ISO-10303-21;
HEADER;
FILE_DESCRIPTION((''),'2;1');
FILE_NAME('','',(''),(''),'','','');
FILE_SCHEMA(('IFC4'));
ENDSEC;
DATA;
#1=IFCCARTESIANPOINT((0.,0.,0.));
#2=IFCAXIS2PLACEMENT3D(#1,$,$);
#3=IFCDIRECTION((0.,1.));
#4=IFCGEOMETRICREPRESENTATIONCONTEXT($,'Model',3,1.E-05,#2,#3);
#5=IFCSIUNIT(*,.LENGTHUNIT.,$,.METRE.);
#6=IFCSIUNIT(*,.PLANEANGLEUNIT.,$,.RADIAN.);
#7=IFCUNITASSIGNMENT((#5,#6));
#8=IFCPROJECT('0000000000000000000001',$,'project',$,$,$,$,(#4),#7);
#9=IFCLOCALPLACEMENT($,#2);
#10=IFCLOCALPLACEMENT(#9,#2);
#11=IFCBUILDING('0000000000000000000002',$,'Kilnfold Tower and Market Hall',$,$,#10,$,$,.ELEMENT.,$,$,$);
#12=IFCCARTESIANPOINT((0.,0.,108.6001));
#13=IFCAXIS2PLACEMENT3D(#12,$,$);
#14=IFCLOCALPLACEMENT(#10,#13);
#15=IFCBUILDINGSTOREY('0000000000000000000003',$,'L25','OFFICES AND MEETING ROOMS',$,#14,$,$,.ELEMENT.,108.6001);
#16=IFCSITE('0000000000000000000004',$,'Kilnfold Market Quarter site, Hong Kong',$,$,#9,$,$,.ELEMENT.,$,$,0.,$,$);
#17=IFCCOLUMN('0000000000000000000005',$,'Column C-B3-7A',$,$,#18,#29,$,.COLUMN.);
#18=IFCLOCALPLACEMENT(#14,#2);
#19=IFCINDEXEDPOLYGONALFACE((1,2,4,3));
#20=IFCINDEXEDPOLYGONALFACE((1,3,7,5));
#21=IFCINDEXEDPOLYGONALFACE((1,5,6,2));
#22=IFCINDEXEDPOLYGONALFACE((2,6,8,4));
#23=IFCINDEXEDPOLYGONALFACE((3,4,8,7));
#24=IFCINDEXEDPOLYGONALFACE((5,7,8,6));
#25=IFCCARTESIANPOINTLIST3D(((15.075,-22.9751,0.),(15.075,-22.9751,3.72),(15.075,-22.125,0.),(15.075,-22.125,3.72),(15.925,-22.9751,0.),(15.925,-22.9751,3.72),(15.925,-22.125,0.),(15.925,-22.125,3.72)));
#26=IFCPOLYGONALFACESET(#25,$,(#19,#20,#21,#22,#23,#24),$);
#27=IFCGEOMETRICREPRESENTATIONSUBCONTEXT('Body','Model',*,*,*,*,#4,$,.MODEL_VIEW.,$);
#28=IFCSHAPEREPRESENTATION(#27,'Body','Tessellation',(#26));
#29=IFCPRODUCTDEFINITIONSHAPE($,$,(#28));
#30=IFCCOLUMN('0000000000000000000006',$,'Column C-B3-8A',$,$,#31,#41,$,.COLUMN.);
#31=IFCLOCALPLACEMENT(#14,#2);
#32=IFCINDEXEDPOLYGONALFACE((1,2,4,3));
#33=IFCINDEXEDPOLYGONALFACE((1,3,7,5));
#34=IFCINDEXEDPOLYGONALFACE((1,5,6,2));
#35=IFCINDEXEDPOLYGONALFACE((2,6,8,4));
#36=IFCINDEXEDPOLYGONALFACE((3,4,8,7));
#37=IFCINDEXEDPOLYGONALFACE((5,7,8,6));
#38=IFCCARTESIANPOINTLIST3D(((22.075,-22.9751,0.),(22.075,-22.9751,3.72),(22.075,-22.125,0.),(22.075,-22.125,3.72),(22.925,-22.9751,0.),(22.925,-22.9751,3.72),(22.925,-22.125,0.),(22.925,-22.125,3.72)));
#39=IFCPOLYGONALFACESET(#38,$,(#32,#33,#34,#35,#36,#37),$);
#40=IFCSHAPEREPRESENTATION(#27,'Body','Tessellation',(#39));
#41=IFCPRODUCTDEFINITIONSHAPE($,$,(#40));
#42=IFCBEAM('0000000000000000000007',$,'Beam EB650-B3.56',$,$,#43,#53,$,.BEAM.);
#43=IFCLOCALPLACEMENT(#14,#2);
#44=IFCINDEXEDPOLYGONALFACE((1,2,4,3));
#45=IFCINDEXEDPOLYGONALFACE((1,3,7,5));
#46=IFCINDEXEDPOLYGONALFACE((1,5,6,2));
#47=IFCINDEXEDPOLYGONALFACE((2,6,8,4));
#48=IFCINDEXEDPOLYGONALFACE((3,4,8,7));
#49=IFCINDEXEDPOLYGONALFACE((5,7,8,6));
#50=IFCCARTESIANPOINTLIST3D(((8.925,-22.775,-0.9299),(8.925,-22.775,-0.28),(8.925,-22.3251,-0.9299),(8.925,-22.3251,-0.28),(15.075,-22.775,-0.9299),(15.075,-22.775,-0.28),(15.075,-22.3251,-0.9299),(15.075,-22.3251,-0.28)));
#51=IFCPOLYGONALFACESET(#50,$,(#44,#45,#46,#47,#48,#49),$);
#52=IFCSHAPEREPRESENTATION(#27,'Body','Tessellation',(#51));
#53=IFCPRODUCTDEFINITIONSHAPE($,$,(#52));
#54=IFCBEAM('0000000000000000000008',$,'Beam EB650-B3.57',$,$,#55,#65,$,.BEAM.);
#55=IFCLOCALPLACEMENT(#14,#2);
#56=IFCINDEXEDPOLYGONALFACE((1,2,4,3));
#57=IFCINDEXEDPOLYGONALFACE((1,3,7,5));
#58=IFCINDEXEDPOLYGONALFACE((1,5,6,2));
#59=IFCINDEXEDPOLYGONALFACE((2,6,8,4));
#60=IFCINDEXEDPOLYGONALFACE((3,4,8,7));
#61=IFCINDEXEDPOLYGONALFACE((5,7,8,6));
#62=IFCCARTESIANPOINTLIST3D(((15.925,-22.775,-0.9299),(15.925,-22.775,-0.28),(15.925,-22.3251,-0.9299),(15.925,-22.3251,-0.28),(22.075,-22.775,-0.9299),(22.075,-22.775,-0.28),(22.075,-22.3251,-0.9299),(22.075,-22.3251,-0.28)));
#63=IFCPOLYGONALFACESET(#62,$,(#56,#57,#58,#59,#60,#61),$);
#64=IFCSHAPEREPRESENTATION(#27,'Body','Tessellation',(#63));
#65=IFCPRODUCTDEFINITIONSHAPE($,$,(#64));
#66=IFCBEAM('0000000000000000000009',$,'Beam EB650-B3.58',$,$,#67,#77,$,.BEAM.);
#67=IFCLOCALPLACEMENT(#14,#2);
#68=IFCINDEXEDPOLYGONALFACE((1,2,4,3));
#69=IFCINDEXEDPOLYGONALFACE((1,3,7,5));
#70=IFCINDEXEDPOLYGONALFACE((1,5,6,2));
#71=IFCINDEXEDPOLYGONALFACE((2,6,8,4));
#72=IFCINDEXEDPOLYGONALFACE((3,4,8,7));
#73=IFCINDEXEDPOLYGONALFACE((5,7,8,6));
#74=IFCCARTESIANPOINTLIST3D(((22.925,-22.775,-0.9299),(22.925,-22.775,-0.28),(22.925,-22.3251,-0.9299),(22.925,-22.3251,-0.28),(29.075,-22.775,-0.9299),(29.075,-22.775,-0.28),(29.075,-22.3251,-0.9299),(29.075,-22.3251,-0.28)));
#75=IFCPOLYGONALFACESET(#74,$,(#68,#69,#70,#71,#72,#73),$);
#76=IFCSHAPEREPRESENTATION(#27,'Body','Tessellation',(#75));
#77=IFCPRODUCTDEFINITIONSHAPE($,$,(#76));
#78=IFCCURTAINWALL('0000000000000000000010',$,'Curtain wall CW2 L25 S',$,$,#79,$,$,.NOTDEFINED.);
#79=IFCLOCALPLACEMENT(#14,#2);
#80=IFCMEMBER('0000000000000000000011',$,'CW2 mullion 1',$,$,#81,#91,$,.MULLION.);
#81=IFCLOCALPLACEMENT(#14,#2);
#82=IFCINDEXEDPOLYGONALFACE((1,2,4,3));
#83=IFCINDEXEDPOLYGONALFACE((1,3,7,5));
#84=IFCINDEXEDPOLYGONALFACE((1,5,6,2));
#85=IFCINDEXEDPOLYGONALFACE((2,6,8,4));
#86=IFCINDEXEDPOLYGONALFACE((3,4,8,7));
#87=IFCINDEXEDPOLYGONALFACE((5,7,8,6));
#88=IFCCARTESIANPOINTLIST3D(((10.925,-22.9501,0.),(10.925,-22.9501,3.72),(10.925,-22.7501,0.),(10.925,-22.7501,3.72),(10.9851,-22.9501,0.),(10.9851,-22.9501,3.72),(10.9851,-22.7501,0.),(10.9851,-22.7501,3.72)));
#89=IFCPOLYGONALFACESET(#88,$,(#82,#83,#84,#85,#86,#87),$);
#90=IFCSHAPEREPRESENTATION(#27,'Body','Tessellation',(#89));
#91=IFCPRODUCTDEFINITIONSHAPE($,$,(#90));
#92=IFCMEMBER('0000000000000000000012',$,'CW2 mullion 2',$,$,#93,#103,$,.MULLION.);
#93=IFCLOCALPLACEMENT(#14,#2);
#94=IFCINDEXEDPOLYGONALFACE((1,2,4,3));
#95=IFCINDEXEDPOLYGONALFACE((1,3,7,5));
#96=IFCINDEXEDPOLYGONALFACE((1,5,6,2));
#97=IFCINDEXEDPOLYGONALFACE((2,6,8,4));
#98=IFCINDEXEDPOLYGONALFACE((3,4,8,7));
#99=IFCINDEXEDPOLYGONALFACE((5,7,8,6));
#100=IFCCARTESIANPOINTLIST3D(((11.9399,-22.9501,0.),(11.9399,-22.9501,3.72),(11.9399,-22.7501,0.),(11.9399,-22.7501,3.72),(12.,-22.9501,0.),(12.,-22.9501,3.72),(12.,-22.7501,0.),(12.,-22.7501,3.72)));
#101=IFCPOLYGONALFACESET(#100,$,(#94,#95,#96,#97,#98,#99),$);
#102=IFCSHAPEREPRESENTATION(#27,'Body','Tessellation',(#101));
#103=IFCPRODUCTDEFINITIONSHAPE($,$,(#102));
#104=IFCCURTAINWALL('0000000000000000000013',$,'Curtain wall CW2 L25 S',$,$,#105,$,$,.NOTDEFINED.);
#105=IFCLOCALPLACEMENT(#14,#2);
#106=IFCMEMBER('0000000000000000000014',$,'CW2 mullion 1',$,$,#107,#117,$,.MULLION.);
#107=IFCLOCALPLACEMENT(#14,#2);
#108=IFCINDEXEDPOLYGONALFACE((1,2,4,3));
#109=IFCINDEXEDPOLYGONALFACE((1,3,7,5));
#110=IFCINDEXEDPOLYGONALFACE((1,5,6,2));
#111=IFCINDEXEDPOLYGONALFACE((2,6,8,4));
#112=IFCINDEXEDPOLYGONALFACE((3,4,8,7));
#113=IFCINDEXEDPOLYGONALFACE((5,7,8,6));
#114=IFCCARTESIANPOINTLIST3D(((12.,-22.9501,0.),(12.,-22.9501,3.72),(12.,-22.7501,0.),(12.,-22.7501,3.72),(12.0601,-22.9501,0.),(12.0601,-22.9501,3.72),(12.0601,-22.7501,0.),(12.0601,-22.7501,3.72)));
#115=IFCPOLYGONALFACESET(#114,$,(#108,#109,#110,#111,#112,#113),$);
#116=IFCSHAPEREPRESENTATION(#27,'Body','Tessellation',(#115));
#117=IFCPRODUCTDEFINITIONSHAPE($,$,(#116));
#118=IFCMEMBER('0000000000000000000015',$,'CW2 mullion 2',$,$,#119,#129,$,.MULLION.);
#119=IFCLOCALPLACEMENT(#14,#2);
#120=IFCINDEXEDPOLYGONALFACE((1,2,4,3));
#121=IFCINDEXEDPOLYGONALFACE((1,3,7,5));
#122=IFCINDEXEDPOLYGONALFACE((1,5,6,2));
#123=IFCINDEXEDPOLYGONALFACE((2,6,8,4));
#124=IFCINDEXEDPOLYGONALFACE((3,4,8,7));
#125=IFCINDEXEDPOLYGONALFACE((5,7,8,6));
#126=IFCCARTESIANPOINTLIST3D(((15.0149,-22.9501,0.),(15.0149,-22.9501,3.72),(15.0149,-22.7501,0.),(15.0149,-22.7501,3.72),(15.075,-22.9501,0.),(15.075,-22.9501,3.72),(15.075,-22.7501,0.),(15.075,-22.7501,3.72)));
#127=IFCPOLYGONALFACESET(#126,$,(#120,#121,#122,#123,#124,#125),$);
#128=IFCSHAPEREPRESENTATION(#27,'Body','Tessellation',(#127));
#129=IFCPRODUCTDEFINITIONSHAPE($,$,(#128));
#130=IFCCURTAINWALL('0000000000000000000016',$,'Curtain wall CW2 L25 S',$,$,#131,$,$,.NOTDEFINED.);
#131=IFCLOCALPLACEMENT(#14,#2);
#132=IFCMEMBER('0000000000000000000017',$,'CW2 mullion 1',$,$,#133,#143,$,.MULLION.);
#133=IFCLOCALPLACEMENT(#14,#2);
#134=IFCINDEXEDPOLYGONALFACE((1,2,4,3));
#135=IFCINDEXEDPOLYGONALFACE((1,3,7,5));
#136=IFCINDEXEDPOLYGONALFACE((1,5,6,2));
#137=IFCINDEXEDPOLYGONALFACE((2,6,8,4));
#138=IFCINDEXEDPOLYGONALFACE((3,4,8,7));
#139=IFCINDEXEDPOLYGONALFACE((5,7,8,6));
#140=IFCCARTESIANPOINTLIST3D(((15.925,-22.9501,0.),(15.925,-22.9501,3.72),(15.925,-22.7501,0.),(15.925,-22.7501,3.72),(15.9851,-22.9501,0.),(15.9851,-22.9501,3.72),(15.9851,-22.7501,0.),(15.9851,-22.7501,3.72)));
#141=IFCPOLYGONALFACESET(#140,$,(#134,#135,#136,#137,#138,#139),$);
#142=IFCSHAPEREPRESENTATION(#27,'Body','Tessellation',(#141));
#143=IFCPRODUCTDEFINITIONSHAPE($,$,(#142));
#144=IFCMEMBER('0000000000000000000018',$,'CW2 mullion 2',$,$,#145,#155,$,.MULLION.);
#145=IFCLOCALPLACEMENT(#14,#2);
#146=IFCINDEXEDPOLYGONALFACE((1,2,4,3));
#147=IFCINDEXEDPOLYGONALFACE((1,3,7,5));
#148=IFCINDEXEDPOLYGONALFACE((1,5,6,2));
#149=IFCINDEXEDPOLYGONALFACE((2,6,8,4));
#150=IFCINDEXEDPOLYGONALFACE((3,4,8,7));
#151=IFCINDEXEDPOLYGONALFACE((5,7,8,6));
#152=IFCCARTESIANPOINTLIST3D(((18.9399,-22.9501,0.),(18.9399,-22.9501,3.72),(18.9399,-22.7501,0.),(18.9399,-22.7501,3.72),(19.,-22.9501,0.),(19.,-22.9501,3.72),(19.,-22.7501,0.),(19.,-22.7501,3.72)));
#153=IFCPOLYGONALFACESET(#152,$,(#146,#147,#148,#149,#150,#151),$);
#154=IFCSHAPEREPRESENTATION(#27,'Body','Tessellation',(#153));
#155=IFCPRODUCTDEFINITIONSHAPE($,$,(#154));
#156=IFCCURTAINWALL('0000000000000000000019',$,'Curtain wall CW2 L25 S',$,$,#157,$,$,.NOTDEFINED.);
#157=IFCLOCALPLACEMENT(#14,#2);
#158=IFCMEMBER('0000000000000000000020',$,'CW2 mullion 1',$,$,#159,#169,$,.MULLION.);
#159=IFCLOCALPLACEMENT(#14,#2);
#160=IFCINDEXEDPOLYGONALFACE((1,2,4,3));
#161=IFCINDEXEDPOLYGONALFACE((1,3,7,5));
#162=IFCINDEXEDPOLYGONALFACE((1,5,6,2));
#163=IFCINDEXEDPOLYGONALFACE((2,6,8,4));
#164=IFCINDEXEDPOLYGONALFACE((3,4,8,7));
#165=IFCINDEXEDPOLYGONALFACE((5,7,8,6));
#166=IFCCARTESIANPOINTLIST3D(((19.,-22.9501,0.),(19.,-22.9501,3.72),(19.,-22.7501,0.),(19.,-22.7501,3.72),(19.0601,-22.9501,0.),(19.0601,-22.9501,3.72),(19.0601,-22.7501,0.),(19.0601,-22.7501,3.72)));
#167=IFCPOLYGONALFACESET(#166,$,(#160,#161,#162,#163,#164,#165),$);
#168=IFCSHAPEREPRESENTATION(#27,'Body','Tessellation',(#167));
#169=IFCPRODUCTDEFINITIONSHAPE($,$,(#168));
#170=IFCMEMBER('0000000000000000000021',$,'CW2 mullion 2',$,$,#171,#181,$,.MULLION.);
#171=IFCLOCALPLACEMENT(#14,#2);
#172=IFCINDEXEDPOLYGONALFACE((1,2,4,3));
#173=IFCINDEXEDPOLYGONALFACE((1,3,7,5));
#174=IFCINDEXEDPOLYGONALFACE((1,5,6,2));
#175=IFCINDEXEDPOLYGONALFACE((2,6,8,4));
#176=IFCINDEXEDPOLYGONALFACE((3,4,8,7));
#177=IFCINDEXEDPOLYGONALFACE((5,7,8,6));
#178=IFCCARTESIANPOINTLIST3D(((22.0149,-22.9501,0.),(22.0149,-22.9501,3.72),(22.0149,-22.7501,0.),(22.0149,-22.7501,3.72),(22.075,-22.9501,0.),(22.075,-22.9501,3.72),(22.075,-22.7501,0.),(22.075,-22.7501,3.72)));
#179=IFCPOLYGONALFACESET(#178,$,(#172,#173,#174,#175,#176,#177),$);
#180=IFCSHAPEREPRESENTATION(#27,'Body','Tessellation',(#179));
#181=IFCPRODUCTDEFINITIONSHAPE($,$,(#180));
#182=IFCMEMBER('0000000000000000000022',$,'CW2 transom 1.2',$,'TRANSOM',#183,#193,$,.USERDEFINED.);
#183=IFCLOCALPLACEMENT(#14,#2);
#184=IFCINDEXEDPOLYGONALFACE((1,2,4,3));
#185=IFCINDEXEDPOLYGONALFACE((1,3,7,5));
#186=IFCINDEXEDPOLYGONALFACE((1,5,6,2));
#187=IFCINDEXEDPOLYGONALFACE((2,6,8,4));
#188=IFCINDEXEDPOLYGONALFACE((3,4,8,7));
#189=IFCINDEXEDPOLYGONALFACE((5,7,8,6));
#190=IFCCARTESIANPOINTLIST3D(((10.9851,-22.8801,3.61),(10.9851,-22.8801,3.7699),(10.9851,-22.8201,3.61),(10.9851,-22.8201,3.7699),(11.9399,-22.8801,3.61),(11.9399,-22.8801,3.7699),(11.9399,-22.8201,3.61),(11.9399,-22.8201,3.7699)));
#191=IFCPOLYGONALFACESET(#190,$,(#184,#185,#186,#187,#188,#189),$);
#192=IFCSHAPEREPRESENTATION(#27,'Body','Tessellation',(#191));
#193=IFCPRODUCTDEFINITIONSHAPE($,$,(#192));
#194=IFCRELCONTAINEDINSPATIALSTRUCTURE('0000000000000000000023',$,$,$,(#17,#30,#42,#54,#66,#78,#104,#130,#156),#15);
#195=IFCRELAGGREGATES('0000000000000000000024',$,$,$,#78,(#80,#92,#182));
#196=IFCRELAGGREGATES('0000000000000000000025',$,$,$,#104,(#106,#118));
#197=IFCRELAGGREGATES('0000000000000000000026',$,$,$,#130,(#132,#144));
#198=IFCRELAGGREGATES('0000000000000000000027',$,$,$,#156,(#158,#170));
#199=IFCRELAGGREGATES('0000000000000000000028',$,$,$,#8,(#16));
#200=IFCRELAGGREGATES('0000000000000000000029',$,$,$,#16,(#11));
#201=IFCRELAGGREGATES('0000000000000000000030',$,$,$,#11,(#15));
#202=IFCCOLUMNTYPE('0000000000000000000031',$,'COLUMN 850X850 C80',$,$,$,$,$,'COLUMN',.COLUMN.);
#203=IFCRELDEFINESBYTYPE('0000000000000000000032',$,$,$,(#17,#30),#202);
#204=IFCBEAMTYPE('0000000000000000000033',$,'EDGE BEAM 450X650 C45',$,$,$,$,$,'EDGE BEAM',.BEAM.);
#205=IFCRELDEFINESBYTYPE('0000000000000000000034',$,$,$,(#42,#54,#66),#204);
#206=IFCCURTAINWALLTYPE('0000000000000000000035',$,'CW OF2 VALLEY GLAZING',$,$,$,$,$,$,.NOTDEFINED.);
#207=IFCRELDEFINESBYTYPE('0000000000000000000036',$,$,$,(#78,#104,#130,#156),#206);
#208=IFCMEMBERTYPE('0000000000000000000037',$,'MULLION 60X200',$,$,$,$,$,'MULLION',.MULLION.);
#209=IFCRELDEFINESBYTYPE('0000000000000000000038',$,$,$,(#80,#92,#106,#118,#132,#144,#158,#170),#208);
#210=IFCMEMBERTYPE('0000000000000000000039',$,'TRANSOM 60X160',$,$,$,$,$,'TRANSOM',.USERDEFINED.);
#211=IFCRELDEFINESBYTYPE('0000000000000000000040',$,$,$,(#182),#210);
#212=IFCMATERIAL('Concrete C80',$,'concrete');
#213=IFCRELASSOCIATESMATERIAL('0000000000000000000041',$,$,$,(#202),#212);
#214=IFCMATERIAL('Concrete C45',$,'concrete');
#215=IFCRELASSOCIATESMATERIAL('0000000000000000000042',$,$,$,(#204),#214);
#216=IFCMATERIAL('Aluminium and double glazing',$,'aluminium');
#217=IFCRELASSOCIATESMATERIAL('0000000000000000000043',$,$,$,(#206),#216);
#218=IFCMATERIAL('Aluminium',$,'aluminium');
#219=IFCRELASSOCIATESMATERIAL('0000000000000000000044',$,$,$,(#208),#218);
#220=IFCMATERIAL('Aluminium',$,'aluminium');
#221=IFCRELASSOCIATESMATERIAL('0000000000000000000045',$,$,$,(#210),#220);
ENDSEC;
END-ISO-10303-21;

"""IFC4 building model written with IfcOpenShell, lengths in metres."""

from ifc_helpers import new_model, si_unit, direction, frame, origin, origin_2d, place, context, subcontext, project, spatial, rectangle, extrude, source, transform, mapped, material, material_profile, profile_set, type_object, element, aggregate, save


model = new_model("IFC4")

# Units and contexts
model_context = context("Model", 3, precision=1e-05, world=origin(), true_north=direction((0.0, 1.0)))
body_context = subcontext(model_context, "Body", "Model", "MODEL_VIEW")
ifc_project = project(units=[si_unit("LENGTHUNIT", "METRE"), si_unit("PLANEANGLEUNIT", "RADIAN")], contexts=[model_context])

# Site, building, storey
site_placement = place(None, origin())
site = spatial("IfcSite", under=ifc_project, at=site_placement, Name="Kilnfold Market Quarter site, Hong Kong", CompositionType="ELEMENT", RefElevation=0.0)
building_placement = place(site_placement, origin())
building = spatial("IfcBuilding", under=site, at=building_placement, Name="Kilnfold Tower and Market Hall", CompositionType="ELEMENT")
storey_placement = place(building_placement, frame((0.0, 0.0, 108.6001)))
storey = spatial("IfcBuildingStorey", under=building, at=storey_placement, Name="L25", Description="OFFICES AND MEETING ROOMS", CompositionType="ELEMENT", Elevation=108.6001)

# Columns
ifc_material_1 = material(Name="Concrete C80", Category="concrete")
ifc_material_profile_1 = material_profile(ifc_material_1, rectangle(XDim=0.8501, YDim=0.8501, at=origin_2d()), Name="RC 850x850")
ifc_profile_set_1 = profile_set([ifc_material_profile_1], Name="Concrete C80")
column_type = type_object("IfcColumnType", Name="COLUMN 850X850 C80", ElementType="COLUMN", PredefinedType="COLUMN", material=ifc_profile_set_1)
shared_shape_1 = source(origin(), body_context, "Body", "SweptSolid", [
    extrude(rectangle(XDim=0.8501, YDim=0.8501, at=origin_2d()), origin(), (0.0, 0.0, 1.0), 3.72),
])
for number, where, z_axis, x_axis, name in (
    (1, (15.5, -22.55, 0.0), (0.0, 0.0, 1.0), (1.0, 0.0, 0.0), "Column C-B3-7A"),
    (2, (22.5, -22.55, 0.0), (0.0, 0.0, 1.0), (1.0, 0.0, 0.0), "Column C-B3-8A"),
):
    element("IfcColumn", number, at=place(storey_placement, frame(where, z_axis=z_axis, x_axis=x_axis)), inside=storey, type_object=column_type, Name=name, PredefinedType="COLUMN", context=body_context, shape_type="MappedRepresentation", body=[
        mapped(shared_shape_1, transform((0.0, 0.0, 0.0))),
    ])

# Beams
ifc_material_2 = material(Name="Concrete C45", Category="concrete")
ifc_material_profile_2 = material_profile(ifc_material_2, rectangle(XDim=0.45, YDim=0.6499, at=origin_2d()), Name="RC 450x650")
ifc_profile_set_2 = profile_set([ifc_material_profile_2], Name="Concrete C45")
beam_type = type_object("IfcBeamType", Name="EDGE BEAM 450X650 C45", ElementType="EDGE BEAM", PredefinedType="BEAM", material=ifc_profile_set_2)
shared_shape_2 = source(origin(), body_context, "Body", "SweptSolid", [
    extrude(rectangle(XDim=0.45, YDim=0.6499, at=origin_2d()), origin(), (0.0, 0.0, 1.0), 6.1499),
])
for number, where, z_axis, x_axis, name in (
    (3, (8.925, -22.55, -0.605), (1.0, 0.0, 0.0), (0.0, 1.0, 0.0), "Beam EB650-B3.56"),
    (4, (15.925, -22.55, -0.605), (1.0, 0.0, 0.0), (0.0, 1.0, 0.0), "Beam EB650-B3.57"),
    (5, (22.925, -22.55, -0.605), (1.0, 0.0, 0.0), (0.0, 1.0, 0.0), "Beam EB650-B3.58"),
):
    element("IfcBeam", number, at=place(storey_placement, frame(where, z_axis=z_axis, x_axis=x_axis)), inside=storey, type_object=beam_type, Name=name, PredefinedType="BEAM", context=body_context, shape_type="MappedRepresentation", body=[
        mapped(shared_shape_2, transform((0.0, 0.0, 0.0))),
    ])

# Curtain walls, members
ifc_material_3 = material(Name="Aluminium and double glazing", Category="aluminium")
curtain_wall_type = type_object("IfcCurtainWallType", Name="CW OF2 VALLEY GLAZING", PredefinedType="NOTDEFINED", material=ifc_material_3)
curtain_wall_1_placement = place(storey_placement, origin())
curtain_wall_1 = element("IfcCurtainWall", 6, at=curtain_wall_1_placement, inside=storey, type_object=curtain_wall_type, Name="Curtain wall CW2 L25 S", PredefinedType="NOTDEFINED")
ifc_material_4 = material(Name="Aluminium", Category="aluminium")
ifc_material_profile_3 = material_profile(ifc_material_4, rectangle(XDim=0.0601, YDim=0.2, at=origin_2d()), Name="MULLION 60x200")
ifc_profile_set_3 = profile_set([ifc_material_profile_3], Name="Aluminium")
member_type_1 = type_object("IfcMemberType", Name="MULLION 60X200", ElementType="MULLION", PredefinedType="MULLION", material=ifc_profile_set_3)
shared_shape_3 = source(origin(), body_context, "Body", "SweptSolid", [
    extrude(rectangle(XDim=0.0601, YDim=0.2, at=origin_2d()), origin(), (0.0, 0.0, 1.0), 3.72),
])
member_1_placement = place(storey_placement, frame((10.9551, -22.8501, 0.0), z_axis=(0.0, 0.0, 1.0), x_axis=(1.0, 0.0, 0.0)))
member_1 = element("IfcMember", 7, at=member_1_placement, type_object=member_type_1, Name="CW2 mullion 1", PredefinedType="MULLION", context=body_context, shape_type="MappedRepresentation", body=[
    mapped(shared_shape_3, transform((0.0, 0.0, 0.0))),
])
member_2_placement = place(storey_placement, frame((11.97, -22.8501, 0.0), z_axis=(0.0, 0.0, 1.0), x_axis=(1.0, 0.0, 0.0)))
member_2 = element("IfcMember", 8, at=member_2_placement, type_object=member_type_1, Name="CW2 mullion 2", PredefinedType="MULLION", context=body_context, shape_type="MappedRepresentation", body=[
    mapped(shared_shape_3, transform((0.0, 0.0, 0.0))),
])
curtain_wall_2_placement = place(storey_placement, origin())
curtain_wall_2 = element("IfcCurtainWall", 9, at=curtain_wall_2_placement, inside=storey, type_object=curtain_wall_type, Name="Curtain wall CW2 L25 S", PredefinedType="NOTDEFINED")
member_3_placement = place(storey_placement, frame((12.03, -22.8501, 0.0), z_axis=(0.0, 0.0, 1.0), x_axis=(1.0, 0.0, 0.0)))
member_3 = element("IfcMember", 10, at=member_3_placement, type_object=member_type_1, Name="CW2 mullion 1", PredefinedType="MULLION", context=body_context, shape_type="MappedRepresentation", body=[
    mapped(shared_shape_3, transform((0.0, 0.0, 0.0))),
])
member_4_placement = place(storey_placement, frame((15.0449, -22.8501, 0.0), z_axis=(0.0, 0.0, 1.0), x_axis=(1.0, 0.0, 0.0)))
member_4 = element("IfcMember", 11, at=member_4_placement, type_object=member_type_1, Name="CW2 mullion 2", PredefinedType="MULLION", context=body_context, shape_type="MappedRepresentation", body=[
    mapped(shared_shape_3, transform((0.0, 0.0, 0.0))),
])
curtain_wall_3_placement = place(storey_placement, origin())
curtain_wall_3 = element("IfcCurtainWall", 12, at=curtain_wall_3_placement, inside=storey, type_object=curtain_wall_type, Name="Curtain wall CW2 L25 S", PredefinedType="NOTDEFINED")
member_5_placement = place(storey_placement, frame((15.9551, -22.8501, 0.0), z_axis=(0.0, 0.0, 1.0), x_axis=(1.0, 0.0, 0.0)))
member_5 = element("IfcMember", 13, at=member_5_placement, type_object=member_type_1, Name="CW2 mullion 1", PredefinedType="MULLION", context=body_context, shape_type="MappedRepresentation", body=[
    mapped(shared_shape_3, transform((0.0, 0.0, 0.0))),
])
member_6_placement = place(storey_placement, frame((18.97, -22.8501, 0.0), z_axis=(0.0, 0.0, 1.0), x_axis=(1.0, 0.0, 0.0)))
member_6 = element("IfcMember", 14, at=member_6_placement, type_object=member_type_1, Name="CW2 mullion 2", PredefinedType="MULLION", context=body_context, shape_type="MappedRepresentation", body=[
    mapped(shared_shape_3, transform((0.0, 0.0, 0.0))),
])
curtain_wall_4_placement = place(storey_placement, origin())
curtain_wall_4 = element("IfcCurtainWall", 15, at=curtain_wall_4_placement, inside=storey, type_object=curtain_wall_type, Name="Curtain wall CW2 L25 S", PredefinedType="NOTDEFINED")
member_7_placement = place(storey_placement, frame((19.03, -22.8501, 0.0), z_axis=(0.0, 0.0, 1.0), x_axis=(1.0, 0.0, 0.0)))
member_7 = element("IfcMember", 16, at=member_7_placement, type_object=member_type_1, Name="CW2 mullion 1", PredefinedType="MULLION", context=body_context, shape_type="MappedRepresentation", body=[
    mapped(shared_shape_3, transform((0.0, 0.0, 0.0))),
])
member_8_placement = place(storey_placement, frame((22.0449, -22.8501, 0.0), z_axis=(0.0, 0.0, 1.0), x_axis=(1.0, 0.0, 0.0)))
member_8 = element("IfcMember", 17, at=member_8_placement, type_object=member_type_1, Name="CW2 mullion 2", PredefinedType="MULLION", context=body_context, shape_type="MappedRepresentation", body=[
    mapped(shared_shape_3, transform((0.0, 0.0, 0.0))),
])

# Member
ifc_material_5 = material(Name="Aluminium", Category="aluminium")
ifc_material_profile_4 = material_profile(ifc_material_5, rectangle(XDim=0.0601, YDim=0.1599, at=origin_2d()), Name="TRANSOM 60x160")
ifc_profile_set_4 = profile_set([ifc_material_profile_4], Name="Aluminium")
member_type_2 = type_object("IfcMemberType", Name="TRANSOM 60X160", ElementType="TRANSOM", PredefinedType="USERDEFINED", material=ifc_profile_set_4)
shared_shape_4 = source(origin(), body_context, "Body", "SweptSolid", [
    extrude(rectangle(XDim=0.0601, YDim=0.1599, at=origin_2d()), origin(), (0.0, 0.0, 1.0), 0.9548),
])
member_9_placement = place(storey_placement, frame((10.9851, -22.8501, 3.6899), z_axis=(1.0, 0.0, 0.0), x_axis=(0.0, 1.0, 0.0)))
member_9 = element("IfcMember", 18, at=member_9_placement, type_object=member_type_2, Name="CW2 transom 1.2", ObjectType="TRANSOM", PredefinedType="USERDEFINED", context=body_context, shape_type="MappedRepresentation", body=[
    mapped(shared_shape_4, transform((0.0, 0.0, 0.0))),
])

aggregate(curtain_wall_1, [member_1, member_2, member_9])
aggregate(curtain_wall_2, [member_3, member_4])
aggregate(curtain_wall_3, [member_5, member_6])
aggregate(curtain_wall_4, [member_7, member_8])

save(model, "model.ifc")
